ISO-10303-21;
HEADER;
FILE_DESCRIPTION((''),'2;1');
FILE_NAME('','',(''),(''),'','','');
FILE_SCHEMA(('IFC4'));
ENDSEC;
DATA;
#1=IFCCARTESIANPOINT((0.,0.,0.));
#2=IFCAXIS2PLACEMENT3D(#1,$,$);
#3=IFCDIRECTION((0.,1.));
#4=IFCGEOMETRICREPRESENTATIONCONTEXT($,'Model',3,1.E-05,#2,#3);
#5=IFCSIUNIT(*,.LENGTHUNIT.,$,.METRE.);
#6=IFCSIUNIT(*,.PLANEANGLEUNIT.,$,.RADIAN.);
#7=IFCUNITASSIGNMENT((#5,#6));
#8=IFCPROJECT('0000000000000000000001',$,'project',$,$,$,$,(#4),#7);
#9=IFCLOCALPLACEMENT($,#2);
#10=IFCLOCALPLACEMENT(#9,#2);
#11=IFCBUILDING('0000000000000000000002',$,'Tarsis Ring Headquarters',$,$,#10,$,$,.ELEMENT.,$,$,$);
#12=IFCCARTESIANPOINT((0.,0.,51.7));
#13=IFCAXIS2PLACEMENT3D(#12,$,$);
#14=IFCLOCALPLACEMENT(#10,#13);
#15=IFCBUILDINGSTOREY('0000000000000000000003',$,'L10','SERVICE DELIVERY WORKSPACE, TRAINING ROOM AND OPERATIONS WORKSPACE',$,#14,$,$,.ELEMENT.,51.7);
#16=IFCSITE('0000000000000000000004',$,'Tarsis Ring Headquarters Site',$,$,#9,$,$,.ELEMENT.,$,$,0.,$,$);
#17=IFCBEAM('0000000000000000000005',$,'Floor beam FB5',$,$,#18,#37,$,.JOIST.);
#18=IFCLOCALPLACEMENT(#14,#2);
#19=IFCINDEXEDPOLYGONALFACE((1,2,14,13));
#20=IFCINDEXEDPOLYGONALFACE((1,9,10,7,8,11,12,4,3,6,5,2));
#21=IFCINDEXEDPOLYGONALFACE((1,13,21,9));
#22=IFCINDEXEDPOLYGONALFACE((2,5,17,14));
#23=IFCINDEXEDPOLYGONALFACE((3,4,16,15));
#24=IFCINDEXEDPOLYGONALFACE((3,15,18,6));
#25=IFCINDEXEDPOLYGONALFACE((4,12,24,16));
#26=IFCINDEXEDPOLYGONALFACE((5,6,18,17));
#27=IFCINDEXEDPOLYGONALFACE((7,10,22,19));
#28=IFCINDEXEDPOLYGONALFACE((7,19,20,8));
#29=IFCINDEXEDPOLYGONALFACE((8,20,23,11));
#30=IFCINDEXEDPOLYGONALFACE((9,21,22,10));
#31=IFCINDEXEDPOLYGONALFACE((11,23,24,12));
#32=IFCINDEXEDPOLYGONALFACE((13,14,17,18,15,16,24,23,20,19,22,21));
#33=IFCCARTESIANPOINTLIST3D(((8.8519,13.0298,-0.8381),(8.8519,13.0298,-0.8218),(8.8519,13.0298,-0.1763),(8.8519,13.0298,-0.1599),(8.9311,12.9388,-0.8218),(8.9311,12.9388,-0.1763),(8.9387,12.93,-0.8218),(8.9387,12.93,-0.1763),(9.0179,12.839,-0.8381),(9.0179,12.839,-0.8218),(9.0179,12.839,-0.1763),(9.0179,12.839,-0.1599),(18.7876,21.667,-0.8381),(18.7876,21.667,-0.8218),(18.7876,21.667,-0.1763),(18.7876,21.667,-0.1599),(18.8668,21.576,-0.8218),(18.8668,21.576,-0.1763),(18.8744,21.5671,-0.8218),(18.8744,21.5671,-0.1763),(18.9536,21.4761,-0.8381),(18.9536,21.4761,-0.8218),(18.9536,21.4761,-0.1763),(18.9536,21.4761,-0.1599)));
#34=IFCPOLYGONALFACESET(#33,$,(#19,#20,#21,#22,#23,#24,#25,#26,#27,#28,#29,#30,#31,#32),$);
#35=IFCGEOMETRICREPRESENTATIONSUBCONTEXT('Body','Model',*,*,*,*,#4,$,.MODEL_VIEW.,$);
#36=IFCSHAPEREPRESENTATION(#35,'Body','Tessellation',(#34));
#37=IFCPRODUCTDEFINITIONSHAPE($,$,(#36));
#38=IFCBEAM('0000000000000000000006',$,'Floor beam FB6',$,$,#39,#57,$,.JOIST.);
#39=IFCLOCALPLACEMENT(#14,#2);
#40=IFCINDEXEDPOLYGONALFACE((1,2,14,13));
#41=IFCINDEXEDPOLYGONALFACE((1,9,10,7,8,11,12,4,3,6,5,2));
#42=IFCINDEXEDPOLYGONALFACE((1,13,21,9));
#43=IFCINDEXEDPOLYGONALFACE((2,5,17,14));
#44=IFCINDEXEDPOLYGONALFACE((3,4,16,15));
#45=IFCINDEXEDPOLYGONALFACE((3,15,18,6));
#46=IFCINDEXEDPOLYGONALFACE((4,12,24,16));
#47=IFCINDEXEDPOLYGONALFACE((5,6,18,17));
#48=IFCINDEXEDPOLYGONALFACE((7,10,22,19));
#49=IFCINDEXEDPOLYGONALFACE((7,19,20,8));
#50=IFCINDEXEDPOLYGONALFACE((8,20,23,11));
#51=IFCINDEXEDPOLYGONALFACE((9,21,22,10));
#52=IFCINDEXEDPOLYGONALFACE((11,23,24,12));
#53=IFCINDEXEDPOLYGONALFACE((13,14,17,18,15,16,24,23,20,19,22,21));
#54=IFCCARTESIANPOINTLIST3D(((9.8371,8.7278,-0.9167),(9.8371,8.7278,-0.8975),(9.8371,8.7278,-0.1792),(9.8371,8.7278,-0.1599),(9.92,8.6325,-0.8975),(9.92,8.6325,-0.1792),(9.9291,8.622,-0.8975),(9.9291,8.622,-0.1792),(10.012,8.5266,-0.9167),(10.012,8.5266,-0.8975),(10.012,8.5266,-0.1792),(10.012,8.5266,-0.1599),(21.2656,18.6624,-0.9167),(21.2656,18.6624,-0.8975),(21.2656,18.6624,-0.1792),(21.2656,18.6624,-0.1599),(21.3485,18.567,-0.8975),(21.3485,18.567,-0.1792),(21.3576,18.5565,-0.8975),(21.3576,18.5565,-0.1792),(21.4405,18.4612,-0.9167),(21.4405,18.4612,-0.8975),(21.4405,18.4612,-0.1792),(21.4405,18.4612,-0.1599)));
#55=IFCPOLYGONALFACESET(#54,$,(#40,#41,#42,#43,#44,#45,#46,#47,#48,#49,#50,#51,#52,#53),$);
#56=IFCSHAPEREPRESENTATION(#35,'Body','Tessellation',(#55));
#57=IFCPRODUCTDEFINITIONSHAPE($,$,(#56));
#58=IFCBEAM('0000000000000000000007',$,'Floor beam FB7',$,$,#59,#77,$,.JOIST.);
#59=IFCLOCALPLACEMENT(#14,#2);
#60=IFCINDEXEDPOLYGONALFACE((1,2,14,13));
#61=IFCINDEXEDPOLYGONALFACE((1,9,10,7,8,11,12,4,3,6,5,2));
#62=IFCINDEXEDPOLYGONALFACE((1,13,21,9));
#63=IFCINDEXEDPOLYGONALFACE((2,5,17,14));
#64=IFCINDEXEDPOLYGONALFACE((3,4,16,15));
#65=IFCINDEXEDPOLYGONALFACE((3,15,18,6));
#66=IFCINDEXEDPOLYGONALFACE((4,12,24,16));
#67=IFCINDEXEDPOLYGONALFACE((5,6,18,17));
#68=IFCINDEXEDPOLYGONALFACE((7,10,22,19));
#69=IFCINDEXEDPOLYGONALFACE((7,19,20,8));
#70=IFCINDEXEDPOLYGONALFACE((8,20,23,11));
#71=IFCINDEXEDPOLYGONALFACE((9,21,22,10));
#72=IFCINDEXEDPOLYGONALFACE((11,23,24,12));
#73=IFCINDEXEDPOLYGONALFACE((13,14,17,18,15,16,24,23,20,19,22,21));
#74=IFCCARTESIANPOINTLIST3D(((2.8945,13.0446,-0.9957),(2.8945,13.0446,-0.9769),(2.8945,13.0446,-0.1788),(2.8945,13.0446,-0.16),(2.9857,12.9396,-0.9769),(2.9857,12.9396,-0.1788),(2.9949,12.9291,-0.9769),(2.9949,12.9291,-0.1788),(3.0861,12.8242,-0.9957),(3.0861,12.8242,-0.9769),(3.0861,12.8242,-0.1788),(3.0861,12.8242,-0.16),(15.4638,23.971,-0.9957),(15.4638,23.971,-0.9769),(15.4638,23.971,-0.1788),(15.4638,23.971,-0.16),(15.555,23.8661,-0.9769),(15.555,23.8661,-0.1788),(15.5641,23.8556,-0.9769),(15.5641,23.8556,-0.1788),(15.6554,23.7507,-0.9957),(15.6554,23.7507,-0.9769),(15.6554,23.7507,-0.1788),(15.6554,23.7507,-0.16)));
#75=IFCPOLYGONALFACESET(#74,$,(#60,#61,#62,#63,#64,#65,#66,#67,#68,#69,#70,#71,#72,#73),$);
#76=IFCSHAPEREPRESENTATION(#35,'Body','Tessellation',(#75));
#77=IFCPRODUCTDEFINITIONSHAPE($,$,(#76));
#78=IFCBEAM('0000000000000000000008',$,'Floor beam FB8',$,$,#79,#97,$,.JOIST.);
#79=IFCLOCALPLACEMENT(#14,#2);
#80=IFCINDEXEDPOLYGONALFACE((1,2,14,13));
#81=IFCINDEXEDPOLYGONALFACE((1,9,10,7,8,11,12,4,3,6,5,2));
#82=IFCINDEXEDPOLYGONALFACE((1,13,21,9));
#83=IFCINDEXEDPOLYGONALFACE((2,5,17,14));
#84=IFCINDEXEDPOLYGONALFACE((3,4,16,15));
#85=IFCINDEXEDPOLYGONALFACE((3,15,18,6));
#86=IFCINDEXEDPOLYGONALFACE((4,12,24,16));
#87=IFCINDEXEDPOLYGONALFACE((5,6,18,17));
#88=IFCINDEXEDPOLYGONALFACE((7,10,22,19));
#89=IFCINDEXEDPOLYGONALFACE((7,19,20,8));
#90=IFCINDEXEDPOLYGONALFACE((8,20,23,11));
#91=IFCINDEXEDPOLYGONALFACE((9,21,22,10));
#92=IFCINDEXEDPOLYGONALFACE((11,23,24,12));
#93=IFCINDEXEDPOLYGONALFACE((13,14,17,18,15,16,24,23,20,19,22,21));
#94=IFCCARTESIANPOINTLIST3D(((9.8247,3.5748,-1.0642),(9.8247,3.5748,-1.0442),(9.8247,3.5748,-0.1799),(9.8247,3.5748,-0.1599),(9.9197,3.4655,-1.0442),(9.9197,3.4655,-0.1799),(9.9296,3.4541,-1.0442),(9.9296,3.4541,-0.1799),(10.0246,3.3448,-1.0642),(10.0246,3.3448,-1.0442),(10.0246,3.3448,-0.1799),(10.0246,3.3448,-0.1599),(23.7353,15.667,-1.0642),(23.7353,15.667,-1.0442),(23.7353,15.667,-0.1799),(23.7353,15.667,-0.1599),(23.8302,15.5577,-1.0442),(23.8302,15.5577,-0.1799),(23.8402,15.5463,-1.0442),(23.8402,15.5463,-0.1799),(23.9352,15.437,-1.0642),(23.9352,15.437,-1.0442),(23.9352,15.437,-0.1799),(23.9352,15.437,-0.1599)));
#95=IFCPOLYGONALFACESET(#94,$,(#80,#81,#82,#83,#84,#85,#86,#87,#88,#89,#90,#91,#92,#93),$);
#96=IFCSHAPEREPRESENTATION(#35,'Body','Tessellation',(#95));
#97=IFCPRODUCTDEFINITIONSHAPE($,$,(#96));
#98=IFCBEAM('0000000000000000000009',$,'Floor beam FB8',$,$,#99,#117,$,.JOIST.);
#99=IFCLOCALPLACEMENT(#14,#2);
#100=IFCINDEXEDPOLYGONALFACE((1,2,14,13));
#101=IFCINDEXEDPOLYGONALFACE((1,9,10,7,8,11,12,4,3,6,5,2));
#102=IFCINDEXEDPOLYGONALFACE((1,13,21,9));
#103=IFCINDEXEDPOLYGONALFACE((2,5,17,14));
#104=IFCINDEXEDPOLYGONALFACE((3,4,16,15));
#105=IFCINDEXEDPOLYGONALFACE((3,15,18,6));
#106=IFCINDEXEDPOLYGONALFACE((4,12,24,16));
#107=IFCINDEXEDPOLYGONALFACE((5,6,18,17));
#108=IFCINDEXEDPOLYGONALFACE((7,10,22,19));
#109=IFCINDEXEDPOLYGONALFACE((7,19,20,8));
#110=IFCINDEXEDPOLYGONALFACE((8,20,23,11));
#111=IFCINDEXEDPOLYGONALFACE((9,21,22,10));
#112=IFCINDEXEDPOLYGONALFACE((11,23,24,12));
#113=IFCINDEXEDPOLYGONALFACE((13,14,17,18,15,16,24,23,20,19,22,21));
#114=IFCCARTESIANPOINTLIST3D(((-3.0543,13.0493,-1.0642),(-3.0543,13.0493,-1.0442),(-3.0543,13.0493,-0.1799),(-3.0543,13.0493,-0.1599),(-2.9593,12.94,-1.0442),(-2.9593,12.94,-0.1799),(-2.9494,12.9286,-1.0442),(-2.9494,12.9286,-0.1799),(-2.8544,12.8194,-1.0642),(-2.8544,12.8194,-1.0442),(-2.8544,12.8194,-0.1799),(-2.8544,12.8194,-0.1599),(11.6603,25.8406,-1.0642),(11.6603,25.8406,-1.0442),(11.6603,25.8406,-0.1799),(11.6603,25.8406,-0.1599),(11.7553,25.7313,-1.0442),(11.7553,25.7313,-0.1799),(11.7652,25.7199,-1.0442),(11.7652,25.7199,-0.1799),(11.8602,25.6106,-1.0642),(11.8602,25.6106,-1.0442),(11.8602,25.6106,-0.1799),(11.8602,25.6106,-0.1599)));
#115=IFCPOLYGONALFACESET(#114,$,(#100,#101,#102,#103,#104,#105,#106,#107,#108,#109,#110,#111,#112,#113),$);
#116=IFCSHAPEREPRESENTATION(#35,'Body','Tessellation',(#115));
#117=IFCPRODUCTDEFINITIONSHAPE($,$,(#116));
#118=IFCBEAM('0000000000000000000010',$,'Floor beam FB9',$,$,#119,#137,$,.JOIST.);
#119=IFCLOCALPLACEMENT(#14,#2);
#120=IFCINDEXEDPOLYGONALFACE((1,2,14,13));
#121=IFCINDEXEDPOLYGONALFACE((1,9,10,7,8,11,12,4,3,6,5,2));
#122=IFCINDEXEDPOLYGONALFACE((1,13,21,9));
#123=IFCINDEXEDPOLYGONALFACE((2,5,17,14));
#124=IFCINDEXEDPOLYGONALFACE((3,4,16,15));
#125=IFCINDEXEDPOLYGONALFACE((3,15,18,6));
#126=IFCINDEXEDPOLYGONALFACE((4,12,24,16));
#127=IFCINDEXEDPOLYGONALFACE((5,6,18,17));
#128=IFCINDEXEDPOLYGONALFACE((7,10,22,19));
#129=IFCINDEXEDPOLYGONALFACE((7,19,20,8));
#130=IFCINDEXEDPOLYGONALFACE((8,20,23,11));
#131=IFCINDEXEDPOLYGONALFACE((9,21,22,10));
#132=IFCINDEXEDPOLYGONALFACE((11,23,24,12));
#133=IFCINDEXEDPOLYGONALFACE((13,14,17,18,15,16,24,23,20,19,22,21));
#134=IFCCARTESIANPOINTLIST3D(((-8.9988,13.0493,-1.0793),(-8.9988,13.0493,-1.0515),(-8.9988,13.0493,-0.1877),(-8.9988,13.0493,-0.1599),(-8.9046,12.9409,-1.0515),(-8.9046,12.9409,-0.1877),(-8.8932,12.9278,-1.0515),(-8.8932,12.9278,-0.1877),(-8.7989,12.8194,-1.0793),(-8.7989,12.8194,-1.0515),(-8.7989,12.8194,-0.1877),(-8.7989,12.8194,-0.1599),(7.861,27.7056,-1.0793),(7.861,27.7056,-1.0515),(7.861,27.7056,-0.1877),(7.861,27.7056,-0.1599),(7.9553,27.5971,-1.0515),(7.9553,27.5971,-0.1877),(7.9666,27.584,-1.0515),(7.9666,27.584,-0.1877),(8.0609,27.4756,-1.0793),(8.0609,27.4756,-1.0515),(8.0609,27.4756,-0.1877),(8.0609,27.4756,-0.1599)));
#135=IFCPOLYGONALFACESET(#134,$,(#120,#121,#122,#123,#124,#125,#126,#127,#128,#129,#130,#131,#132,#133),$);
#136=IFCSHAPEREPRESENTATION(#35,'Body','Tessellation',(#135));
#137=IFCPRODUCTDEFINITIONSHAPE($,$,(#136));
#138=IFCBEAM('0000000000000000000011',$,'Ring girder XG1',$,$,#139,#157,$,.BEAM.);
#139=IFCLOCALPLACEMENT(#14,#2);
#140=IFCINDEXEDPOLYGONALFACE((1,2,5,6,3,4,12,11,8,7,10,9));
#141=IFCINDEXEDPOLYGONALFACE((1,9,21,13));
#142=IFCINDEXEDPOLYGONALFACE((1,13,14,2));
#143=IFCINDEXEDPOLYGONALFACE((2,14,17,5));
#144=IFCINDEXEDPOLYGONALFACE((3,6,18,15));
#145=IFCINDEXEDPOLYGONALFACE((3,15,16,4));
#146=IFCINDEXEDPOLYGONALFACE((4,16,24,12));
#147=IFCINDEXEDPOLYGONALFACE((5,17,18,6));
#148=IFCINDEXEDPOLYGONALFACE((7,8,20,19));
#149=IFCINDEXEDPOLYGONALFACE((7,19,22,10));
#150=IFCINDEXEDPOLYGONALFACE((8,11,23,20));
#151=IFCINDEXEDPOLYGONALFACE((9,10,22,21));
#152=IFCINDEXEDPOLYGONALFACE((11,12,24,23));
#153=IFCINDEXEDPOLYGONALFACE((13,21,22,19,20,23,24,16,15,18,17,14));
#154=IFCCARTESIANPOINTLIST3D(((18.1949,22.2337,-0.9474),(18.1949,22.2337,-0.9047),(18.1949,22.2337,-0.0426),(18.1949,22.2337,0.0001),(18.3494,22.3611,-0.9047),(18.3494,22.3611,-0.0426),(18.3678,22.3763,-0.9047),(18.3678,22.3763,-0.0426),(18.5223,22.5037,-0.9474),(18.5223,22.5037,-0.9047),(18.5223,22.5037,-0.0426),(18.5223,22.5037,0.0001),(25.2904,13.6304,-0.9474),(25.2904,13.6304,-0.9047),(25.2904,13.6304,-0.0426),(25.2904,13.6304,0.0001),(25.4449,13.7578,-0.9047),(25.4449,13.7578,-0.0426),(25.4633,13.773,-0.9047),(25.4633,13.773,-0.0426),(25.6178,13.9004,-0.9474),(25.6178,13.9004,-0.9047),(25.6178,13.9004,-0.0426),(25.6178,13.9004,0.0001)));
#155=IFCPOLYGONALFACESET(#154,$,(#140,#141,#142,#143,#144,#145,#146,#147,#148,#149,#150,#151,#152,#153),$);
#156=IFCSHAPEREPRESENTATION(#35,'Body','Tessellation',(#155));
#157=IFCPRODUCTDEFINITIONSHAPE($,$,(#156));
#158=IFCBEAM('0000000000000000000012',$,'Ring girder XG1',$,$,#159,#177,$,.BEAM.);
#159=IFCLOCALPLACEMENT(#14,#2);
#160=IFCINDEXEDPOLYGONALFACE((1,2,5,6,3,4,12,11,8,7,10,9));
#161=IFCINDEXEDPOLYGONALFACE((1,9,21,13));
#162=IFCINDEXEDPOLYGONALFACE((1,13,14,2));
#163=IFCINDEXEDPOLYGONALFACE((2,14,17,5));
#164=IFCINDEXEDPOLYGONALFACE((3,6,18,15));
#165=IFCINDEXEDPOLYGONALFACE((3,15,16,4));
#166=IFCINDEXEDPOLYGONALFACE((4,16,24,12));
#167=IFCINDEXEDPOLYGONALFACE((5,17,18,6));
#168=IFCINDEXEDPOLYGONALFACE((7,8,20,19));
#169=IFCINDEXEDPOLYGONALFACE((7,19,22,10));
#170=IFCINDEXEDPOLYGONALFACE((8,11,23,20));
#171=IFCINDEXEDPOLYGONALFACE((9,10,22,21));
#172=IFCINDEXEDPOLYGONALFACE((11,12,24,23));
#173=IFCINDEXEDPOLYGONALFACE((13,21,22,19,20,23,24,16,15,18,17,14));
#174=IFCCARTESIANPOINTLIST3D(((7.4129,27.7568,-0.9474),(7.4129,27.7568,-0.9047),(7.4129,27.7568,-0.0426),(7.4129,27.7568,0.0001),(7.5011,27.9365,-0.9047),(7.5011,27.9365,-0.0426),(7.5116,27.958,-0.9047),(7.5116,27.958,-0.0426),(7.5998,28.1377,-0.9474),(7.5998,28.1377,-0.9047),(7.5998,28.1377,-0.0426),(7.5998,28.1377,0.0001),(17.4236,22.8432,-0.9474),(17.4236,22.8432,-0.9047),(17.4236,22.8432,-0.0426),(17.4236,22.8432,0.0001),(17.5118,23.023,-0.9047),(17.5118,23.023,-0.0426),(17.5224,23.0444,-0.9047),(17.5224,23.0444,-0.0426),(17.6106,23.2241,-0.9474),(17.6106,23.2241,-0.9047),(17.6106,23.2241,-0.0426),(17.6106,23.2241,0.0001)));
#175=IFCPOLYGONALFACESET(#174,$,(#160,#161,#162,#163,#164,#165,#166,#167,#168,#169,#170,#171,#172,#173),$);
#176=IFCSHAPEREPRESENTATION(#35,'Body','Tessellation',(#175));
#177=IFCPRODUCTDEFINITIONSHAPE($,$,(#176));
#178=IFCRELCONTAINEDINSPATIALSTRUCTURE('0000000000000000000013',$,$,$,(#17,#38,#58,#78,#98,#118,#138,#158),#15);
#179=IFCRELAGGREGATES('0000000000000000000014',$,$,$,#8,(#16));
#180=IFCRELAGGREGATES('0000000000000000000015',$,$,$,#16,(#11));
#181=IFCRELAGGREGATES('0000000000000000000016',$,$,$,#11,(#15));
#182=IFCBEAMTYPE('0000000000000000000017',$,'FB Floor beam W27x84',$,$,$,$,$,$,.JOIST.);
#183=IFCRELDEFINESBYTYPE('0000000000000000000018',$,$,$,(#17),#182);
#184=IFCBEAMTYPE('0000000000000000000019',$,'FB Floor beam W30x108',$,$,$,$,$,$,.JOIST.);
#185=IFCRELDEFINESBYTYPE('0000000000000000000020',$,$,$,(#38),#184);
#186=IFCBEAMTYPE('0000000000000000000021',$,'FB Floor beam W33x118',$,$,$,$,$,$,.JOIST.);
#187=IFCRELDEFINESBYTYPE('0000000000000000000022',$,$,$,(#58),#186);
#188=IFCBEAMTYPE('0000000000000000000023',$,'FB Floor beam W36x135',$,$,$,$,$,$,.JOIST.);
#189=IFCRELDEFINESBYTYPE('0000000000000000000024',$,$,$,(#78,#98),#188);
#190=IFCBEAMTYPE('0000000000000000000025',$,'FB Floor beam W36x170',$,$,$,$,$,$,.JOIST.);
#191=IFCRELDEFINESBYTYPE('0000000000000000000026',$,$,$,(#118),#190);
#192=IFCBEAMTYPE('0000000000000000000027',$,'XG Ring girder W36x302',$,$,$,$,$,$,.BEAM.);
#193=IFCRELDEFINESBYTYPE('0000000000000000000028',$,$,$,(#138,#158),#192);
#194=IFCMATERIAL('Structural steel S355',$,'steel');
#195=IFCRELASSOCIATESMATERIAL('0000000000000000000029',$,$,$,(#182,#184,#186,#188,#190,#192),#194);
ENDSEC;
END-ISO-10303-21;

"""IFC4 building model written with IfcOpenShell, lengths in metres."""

from ifc_helpers import new_model, si_unit, direction, frame, origin, origin_2d, place, context, subcontext, project, spatial, i_section, extrude, material, material_profile, profile_set, type_object, element, save


model = new_model("IFC4")

# Units and contexts
model_context = context("Model", 3, precision=1e-05, world=origin(), true_north=direction((0.0, 1.0)))
body_context = subcontext(model_context, "Body", "Model", "MODEL_VIEW")
ifc_project = project(units=[si_unit("LENGTHUNIT", "METRE"), si_unit("PLANEANGLEUNIT", "RADIAN")], contexts=[model_context])

# Site, building, storey
site_placement = place(None, origin())
site = spatial("IfcSite", under=ifc_project, at=site_placement, Name="Tarsis Ring Headquarters Site", CompositionType="ELEMENT", RefElevation=0.0)
building_placement = place(site_placement, origin())
building = spatial("IfcBuilding", under=site, at=building_placement, Name="Tarsis Ring Headquarters", CompositionType="ELEMENT")
storey_placement = place(building_placement, frame((0.0, 0.0, 51.7)))
storey = spatial("IfcBuildingStorey", under=building, at=storey_placement, Name="L10", Description="SERVICE DELIVERY WORKSPACE, TRAINING ROOM AND OPERATIONS WORKSPACE", CompositionType="ELEMENT", Elevation=51.7)

# Beams
ifc_material_1 = material(Name="Structural steel S355", Category="steel")
ifc_material_profile_1 = material_profile(ifc_material_1, i_section(OverallWidth=0.2529, OverallDepth=0.6782, WebThickness=0.0117, FlangeThickness=0.0164, at=origin_2d()), Name="W27x84")
ifc_profile_set_1 = profile_set([ifc_material_profile_1], Name="Structural steel S355")
beam_type_1 = type_object("IfcBeamType", Name="FB Floor beam W27x84", PredefinedType="JOIST", material=ifc_profile_set_1)
beam_1_placement = place(storey_placement, frame((18.8706, 21.5715, -0.499), z_axis=(-0.754704, -0.656066, 0.0), x_axis=(0.656066, -0.754704, 0.0)))
element("IfcBeam", 1, at=beam_1_placement, inside=storey, type_object=beam_type_1, Name="Floor beam FB5", PredefinedType="JOIST", context=body_context, shape_type="SweptSolid", body=[
    extrude(i_section(OverallWidth=0.2529, OverallDepth=0.6782, WebThickness=0.0117, FlangeThickness=0.0164, at=origin_2d()), origin(), (0.0, 0.0, 1.0), 13.165),
])
ifc_material_profile_2 = material_profile(ifc_material_1, i_section(OverallWidth=0.2666, OverallDepth=0.7568, WebThickness=0.0139, FlangeThickness=0.0193, at=origin_2d()), Name="W30x108")
ifc_profile_set_2 = profile_set([ifc_material_profile_2], Name="Structural steel S355")
beam_type_2 = type_object("IfcBeamType", Name="FB Floor beam W30x108", PredefinedType="JOIST", material=ifc_profile_set_2)
beam_2_placement = place(storey_placement, frame((21.353, 18.5618, -0.5383), z_axis=(-0.754711, -0.656057, 0.0), x_axis=(0.656057, -0.754711, 0.0)))
element("IfcBeam", 2, at=beam_2_placement, inside=storey, type_object=beam_type_2, Name="Floor beam FB6", PredefinedType="JOIST", context=body_context, shape_type="SweptSolid", body=[
    extrude(i_section(OverallWidth=0.2666, OverallDepth=0.7568, WebThickness=0.0139, FlangeThickness=0.0193, at=origin_2d()), origin(), (0.0, 0.0, 1.0), 15.1428),
])
ifc_material_profile_3 = material_profile(ifc_material_1, i_section(OverallWidth=0.292, OverallDepth=0.8357, WebThickness=0.0139, FlangeThickness=0.0188, at=origin_2d()), Name="W33x118")
ifc_profile_set_3 = profile_set([ifc_material_profile_3], Name="Structural steel S355")
beam_type_3 = type_object("IfcBeamType", Name="FB Floor beam W33x118", PredefinedType="JOIST", material=ifc_profile_set_3)
beam_3_placement = place(storey_placement, frame((15.5596, 23.8608, -0.5779), z_axis=(-0.754705, -0.656064, 0.0), x_axis=(0.656064, -0.754705, 0.0)))
element("IfcBeam", 3, at=beam_3_placement, inside=storey, type_object=beam_type_3, Name="Floor beam FB7", PredefinedType="JOIST", context=body_context, shape_type="SweptSolid", body=[
    extrude(i_section(OverallWidth=0.292, OverallDepth=0.8357, WebThickness=0.0139, FlangeThickness=0.0188, at=origin_2d()), origin(), (0.0, 0.0, 1.0), 16.6545),
])
ifc_material_profile_4 = material_profile(ifc_material_1, i_section(OverallWidth=0.3047, OverallDepth=0.9043, WebThickness=0.0151, FlangeThickness=0.02, at=origin_2d()), Name="W36x135")
ifc_profile_set_4 = profile_set([ifc_material_profile_4], Name="Structural steel S355")
beam_type_4 = type_object("IfcBeamType", Name="FB Floor beam W36x135", PredefinedType="JOIST", material=ifc_profile_set_4)
beam_4_placement = place(storey_placement, frame((23.8352, 15.552, -0.6121), z_axis=(-0.754711, -0.656057, 0.0), x_axis=(0.656057, -0.754711, 0.0)))
element("IfcBeam", 4, at=beam_4_placement, inside=storey, type_object=beam_type_4, Name="Floor beam FB8", PredefinedType="JOIST", context=body_context, shape_type="SweptSolid", body=[
    extrude(i_section(OverallWidth=0.3047, OverallDepth=0.9043, WebThickness=0.0151, FlangeThickness=0.02, at=origin_2d()), origin(), (0.0, 0.0, 1.0), 18.4316),
])
beam_5_placement = place(storey_placement, frame((11.7603, 25.7256, -0.6121), z_axis=(-0.754708, -0.656061, 0.0), x_axis=(0.656061, -0.754708, 0.0)))
element("IfcBeam", 5, at=beam_5_placement, inside=storey, type_object=beam_type_4, Name="Floor beam FB8", PredefinedType="JOIST", context=body_context, shape_type="SweptSolid", body=[
    extrude(i_section(OverallWidth=0.3047, OverallDepth=0.9043, WebThickness=0.0151, FlangeThickness=0.02, at=origin_2d()), origin(), (0.0, 0.0, 1.0), 19.4971),
])
ifc_material_profile_5 = material_profile(ifc_material_1, i_section(OverallWidth=0.3047, OverallDepth=0.9194, WebThickness=0.0173, FlangeThickness=0.0278, at=origin_2d()), Name="W36x170")
ifc_profile_set_5 = profile_set([ifc_material_profile_5], Name="Structural steel S355")
beam_type_5 = type_object("IfcBeamType", Name="FB Floor beam W36x170", PredefinedType="JOIST", material=ifc_profile_set_5)
beam_6_placement = place(storey_placement, frame((7.9609, 27.5906, -0.6196), z_axis=(-0.754705, -0.656064, 0.0), x_axis=(0.656064, -0.754705, 0.0)))
element("IfcBeam", 6, at=beam_6_placement, inside=storey, type_object=beam_type_5, Name="Floor beam FB9", PredefinedType="JOIST", context=body_context, shape_type="SweptSolid", body=[
    extrude(i_section(OverallWidth=0.3047, OverallDepth=0.9194, WebThickness=0.0173, FlangeThickness=0.0278, at=origin_2d()), origin(), (0.0, 0.0, 1.0), 22.3396),
])
ifc_material_profile_6 = material_profile(ifc_material_1, i_section(OverallWidth=0.4243, OverallDepth=0.9475, WebThickness=0.0239, FlangeThickness=0.0427, at=origin_2d()), Name="W36x302")
ifc_profile_set_6 = profile_set([ifc_material_profile_6], Name="Structural steel S355")
beam_type_6 = type_object("IfcBeamType", Name="XG Ring girder W36x302", PredefinedType="BEAM", material=ifc_profile_set_6)
beam_7_placement = place(storey_placement, frame((25.4541, 13.7654, -0.4736), z_axis=(-0.636263, 0.771472, 0.0), x_axis=(-0.771472, -0.636263, 0.0)))
element("IfcBeam", 7, at=beam_7_placement, inside=storey, type_object=beam_type_6, Name="Ring girder XG1", PredefinedType="BEAM", context=body_context, shape_type="SweptSolid", body=[
    extrude(i_section(OverallWidth=0.4243, OverallDepth=0.9475, WebThickness=0.0239, FlangeThickness=0.0427, at=origin_2d()), origin(), (0.0, 0.0, 1.0), 11.1519),
])
beam_8_placement = place(storey_placement, frame((17.5171, 23.0337, -0.4736), z_axis=(-0.897696, 0.440616, 0.0), x_axis=(-0.440616, -0.897696, 0.0)))
element("IfcBeam", 8, at=beam_8_placement, inside=storey, type_object=beam_type_6, Name="Ring girder XG1", PredefinedType="BEAM", context=body_context, shape_type="SweptSolid", body=[
    extrude(i_section(OverallWidth=0.4243, OverallDepth=0.9475, WebThickness=0.0239, FlangeThickness=0.0427, at=origin_2d()), origin(), (0.0, 0.0, 1.0), 11.1516),
])

save(model, "model.ifc")
